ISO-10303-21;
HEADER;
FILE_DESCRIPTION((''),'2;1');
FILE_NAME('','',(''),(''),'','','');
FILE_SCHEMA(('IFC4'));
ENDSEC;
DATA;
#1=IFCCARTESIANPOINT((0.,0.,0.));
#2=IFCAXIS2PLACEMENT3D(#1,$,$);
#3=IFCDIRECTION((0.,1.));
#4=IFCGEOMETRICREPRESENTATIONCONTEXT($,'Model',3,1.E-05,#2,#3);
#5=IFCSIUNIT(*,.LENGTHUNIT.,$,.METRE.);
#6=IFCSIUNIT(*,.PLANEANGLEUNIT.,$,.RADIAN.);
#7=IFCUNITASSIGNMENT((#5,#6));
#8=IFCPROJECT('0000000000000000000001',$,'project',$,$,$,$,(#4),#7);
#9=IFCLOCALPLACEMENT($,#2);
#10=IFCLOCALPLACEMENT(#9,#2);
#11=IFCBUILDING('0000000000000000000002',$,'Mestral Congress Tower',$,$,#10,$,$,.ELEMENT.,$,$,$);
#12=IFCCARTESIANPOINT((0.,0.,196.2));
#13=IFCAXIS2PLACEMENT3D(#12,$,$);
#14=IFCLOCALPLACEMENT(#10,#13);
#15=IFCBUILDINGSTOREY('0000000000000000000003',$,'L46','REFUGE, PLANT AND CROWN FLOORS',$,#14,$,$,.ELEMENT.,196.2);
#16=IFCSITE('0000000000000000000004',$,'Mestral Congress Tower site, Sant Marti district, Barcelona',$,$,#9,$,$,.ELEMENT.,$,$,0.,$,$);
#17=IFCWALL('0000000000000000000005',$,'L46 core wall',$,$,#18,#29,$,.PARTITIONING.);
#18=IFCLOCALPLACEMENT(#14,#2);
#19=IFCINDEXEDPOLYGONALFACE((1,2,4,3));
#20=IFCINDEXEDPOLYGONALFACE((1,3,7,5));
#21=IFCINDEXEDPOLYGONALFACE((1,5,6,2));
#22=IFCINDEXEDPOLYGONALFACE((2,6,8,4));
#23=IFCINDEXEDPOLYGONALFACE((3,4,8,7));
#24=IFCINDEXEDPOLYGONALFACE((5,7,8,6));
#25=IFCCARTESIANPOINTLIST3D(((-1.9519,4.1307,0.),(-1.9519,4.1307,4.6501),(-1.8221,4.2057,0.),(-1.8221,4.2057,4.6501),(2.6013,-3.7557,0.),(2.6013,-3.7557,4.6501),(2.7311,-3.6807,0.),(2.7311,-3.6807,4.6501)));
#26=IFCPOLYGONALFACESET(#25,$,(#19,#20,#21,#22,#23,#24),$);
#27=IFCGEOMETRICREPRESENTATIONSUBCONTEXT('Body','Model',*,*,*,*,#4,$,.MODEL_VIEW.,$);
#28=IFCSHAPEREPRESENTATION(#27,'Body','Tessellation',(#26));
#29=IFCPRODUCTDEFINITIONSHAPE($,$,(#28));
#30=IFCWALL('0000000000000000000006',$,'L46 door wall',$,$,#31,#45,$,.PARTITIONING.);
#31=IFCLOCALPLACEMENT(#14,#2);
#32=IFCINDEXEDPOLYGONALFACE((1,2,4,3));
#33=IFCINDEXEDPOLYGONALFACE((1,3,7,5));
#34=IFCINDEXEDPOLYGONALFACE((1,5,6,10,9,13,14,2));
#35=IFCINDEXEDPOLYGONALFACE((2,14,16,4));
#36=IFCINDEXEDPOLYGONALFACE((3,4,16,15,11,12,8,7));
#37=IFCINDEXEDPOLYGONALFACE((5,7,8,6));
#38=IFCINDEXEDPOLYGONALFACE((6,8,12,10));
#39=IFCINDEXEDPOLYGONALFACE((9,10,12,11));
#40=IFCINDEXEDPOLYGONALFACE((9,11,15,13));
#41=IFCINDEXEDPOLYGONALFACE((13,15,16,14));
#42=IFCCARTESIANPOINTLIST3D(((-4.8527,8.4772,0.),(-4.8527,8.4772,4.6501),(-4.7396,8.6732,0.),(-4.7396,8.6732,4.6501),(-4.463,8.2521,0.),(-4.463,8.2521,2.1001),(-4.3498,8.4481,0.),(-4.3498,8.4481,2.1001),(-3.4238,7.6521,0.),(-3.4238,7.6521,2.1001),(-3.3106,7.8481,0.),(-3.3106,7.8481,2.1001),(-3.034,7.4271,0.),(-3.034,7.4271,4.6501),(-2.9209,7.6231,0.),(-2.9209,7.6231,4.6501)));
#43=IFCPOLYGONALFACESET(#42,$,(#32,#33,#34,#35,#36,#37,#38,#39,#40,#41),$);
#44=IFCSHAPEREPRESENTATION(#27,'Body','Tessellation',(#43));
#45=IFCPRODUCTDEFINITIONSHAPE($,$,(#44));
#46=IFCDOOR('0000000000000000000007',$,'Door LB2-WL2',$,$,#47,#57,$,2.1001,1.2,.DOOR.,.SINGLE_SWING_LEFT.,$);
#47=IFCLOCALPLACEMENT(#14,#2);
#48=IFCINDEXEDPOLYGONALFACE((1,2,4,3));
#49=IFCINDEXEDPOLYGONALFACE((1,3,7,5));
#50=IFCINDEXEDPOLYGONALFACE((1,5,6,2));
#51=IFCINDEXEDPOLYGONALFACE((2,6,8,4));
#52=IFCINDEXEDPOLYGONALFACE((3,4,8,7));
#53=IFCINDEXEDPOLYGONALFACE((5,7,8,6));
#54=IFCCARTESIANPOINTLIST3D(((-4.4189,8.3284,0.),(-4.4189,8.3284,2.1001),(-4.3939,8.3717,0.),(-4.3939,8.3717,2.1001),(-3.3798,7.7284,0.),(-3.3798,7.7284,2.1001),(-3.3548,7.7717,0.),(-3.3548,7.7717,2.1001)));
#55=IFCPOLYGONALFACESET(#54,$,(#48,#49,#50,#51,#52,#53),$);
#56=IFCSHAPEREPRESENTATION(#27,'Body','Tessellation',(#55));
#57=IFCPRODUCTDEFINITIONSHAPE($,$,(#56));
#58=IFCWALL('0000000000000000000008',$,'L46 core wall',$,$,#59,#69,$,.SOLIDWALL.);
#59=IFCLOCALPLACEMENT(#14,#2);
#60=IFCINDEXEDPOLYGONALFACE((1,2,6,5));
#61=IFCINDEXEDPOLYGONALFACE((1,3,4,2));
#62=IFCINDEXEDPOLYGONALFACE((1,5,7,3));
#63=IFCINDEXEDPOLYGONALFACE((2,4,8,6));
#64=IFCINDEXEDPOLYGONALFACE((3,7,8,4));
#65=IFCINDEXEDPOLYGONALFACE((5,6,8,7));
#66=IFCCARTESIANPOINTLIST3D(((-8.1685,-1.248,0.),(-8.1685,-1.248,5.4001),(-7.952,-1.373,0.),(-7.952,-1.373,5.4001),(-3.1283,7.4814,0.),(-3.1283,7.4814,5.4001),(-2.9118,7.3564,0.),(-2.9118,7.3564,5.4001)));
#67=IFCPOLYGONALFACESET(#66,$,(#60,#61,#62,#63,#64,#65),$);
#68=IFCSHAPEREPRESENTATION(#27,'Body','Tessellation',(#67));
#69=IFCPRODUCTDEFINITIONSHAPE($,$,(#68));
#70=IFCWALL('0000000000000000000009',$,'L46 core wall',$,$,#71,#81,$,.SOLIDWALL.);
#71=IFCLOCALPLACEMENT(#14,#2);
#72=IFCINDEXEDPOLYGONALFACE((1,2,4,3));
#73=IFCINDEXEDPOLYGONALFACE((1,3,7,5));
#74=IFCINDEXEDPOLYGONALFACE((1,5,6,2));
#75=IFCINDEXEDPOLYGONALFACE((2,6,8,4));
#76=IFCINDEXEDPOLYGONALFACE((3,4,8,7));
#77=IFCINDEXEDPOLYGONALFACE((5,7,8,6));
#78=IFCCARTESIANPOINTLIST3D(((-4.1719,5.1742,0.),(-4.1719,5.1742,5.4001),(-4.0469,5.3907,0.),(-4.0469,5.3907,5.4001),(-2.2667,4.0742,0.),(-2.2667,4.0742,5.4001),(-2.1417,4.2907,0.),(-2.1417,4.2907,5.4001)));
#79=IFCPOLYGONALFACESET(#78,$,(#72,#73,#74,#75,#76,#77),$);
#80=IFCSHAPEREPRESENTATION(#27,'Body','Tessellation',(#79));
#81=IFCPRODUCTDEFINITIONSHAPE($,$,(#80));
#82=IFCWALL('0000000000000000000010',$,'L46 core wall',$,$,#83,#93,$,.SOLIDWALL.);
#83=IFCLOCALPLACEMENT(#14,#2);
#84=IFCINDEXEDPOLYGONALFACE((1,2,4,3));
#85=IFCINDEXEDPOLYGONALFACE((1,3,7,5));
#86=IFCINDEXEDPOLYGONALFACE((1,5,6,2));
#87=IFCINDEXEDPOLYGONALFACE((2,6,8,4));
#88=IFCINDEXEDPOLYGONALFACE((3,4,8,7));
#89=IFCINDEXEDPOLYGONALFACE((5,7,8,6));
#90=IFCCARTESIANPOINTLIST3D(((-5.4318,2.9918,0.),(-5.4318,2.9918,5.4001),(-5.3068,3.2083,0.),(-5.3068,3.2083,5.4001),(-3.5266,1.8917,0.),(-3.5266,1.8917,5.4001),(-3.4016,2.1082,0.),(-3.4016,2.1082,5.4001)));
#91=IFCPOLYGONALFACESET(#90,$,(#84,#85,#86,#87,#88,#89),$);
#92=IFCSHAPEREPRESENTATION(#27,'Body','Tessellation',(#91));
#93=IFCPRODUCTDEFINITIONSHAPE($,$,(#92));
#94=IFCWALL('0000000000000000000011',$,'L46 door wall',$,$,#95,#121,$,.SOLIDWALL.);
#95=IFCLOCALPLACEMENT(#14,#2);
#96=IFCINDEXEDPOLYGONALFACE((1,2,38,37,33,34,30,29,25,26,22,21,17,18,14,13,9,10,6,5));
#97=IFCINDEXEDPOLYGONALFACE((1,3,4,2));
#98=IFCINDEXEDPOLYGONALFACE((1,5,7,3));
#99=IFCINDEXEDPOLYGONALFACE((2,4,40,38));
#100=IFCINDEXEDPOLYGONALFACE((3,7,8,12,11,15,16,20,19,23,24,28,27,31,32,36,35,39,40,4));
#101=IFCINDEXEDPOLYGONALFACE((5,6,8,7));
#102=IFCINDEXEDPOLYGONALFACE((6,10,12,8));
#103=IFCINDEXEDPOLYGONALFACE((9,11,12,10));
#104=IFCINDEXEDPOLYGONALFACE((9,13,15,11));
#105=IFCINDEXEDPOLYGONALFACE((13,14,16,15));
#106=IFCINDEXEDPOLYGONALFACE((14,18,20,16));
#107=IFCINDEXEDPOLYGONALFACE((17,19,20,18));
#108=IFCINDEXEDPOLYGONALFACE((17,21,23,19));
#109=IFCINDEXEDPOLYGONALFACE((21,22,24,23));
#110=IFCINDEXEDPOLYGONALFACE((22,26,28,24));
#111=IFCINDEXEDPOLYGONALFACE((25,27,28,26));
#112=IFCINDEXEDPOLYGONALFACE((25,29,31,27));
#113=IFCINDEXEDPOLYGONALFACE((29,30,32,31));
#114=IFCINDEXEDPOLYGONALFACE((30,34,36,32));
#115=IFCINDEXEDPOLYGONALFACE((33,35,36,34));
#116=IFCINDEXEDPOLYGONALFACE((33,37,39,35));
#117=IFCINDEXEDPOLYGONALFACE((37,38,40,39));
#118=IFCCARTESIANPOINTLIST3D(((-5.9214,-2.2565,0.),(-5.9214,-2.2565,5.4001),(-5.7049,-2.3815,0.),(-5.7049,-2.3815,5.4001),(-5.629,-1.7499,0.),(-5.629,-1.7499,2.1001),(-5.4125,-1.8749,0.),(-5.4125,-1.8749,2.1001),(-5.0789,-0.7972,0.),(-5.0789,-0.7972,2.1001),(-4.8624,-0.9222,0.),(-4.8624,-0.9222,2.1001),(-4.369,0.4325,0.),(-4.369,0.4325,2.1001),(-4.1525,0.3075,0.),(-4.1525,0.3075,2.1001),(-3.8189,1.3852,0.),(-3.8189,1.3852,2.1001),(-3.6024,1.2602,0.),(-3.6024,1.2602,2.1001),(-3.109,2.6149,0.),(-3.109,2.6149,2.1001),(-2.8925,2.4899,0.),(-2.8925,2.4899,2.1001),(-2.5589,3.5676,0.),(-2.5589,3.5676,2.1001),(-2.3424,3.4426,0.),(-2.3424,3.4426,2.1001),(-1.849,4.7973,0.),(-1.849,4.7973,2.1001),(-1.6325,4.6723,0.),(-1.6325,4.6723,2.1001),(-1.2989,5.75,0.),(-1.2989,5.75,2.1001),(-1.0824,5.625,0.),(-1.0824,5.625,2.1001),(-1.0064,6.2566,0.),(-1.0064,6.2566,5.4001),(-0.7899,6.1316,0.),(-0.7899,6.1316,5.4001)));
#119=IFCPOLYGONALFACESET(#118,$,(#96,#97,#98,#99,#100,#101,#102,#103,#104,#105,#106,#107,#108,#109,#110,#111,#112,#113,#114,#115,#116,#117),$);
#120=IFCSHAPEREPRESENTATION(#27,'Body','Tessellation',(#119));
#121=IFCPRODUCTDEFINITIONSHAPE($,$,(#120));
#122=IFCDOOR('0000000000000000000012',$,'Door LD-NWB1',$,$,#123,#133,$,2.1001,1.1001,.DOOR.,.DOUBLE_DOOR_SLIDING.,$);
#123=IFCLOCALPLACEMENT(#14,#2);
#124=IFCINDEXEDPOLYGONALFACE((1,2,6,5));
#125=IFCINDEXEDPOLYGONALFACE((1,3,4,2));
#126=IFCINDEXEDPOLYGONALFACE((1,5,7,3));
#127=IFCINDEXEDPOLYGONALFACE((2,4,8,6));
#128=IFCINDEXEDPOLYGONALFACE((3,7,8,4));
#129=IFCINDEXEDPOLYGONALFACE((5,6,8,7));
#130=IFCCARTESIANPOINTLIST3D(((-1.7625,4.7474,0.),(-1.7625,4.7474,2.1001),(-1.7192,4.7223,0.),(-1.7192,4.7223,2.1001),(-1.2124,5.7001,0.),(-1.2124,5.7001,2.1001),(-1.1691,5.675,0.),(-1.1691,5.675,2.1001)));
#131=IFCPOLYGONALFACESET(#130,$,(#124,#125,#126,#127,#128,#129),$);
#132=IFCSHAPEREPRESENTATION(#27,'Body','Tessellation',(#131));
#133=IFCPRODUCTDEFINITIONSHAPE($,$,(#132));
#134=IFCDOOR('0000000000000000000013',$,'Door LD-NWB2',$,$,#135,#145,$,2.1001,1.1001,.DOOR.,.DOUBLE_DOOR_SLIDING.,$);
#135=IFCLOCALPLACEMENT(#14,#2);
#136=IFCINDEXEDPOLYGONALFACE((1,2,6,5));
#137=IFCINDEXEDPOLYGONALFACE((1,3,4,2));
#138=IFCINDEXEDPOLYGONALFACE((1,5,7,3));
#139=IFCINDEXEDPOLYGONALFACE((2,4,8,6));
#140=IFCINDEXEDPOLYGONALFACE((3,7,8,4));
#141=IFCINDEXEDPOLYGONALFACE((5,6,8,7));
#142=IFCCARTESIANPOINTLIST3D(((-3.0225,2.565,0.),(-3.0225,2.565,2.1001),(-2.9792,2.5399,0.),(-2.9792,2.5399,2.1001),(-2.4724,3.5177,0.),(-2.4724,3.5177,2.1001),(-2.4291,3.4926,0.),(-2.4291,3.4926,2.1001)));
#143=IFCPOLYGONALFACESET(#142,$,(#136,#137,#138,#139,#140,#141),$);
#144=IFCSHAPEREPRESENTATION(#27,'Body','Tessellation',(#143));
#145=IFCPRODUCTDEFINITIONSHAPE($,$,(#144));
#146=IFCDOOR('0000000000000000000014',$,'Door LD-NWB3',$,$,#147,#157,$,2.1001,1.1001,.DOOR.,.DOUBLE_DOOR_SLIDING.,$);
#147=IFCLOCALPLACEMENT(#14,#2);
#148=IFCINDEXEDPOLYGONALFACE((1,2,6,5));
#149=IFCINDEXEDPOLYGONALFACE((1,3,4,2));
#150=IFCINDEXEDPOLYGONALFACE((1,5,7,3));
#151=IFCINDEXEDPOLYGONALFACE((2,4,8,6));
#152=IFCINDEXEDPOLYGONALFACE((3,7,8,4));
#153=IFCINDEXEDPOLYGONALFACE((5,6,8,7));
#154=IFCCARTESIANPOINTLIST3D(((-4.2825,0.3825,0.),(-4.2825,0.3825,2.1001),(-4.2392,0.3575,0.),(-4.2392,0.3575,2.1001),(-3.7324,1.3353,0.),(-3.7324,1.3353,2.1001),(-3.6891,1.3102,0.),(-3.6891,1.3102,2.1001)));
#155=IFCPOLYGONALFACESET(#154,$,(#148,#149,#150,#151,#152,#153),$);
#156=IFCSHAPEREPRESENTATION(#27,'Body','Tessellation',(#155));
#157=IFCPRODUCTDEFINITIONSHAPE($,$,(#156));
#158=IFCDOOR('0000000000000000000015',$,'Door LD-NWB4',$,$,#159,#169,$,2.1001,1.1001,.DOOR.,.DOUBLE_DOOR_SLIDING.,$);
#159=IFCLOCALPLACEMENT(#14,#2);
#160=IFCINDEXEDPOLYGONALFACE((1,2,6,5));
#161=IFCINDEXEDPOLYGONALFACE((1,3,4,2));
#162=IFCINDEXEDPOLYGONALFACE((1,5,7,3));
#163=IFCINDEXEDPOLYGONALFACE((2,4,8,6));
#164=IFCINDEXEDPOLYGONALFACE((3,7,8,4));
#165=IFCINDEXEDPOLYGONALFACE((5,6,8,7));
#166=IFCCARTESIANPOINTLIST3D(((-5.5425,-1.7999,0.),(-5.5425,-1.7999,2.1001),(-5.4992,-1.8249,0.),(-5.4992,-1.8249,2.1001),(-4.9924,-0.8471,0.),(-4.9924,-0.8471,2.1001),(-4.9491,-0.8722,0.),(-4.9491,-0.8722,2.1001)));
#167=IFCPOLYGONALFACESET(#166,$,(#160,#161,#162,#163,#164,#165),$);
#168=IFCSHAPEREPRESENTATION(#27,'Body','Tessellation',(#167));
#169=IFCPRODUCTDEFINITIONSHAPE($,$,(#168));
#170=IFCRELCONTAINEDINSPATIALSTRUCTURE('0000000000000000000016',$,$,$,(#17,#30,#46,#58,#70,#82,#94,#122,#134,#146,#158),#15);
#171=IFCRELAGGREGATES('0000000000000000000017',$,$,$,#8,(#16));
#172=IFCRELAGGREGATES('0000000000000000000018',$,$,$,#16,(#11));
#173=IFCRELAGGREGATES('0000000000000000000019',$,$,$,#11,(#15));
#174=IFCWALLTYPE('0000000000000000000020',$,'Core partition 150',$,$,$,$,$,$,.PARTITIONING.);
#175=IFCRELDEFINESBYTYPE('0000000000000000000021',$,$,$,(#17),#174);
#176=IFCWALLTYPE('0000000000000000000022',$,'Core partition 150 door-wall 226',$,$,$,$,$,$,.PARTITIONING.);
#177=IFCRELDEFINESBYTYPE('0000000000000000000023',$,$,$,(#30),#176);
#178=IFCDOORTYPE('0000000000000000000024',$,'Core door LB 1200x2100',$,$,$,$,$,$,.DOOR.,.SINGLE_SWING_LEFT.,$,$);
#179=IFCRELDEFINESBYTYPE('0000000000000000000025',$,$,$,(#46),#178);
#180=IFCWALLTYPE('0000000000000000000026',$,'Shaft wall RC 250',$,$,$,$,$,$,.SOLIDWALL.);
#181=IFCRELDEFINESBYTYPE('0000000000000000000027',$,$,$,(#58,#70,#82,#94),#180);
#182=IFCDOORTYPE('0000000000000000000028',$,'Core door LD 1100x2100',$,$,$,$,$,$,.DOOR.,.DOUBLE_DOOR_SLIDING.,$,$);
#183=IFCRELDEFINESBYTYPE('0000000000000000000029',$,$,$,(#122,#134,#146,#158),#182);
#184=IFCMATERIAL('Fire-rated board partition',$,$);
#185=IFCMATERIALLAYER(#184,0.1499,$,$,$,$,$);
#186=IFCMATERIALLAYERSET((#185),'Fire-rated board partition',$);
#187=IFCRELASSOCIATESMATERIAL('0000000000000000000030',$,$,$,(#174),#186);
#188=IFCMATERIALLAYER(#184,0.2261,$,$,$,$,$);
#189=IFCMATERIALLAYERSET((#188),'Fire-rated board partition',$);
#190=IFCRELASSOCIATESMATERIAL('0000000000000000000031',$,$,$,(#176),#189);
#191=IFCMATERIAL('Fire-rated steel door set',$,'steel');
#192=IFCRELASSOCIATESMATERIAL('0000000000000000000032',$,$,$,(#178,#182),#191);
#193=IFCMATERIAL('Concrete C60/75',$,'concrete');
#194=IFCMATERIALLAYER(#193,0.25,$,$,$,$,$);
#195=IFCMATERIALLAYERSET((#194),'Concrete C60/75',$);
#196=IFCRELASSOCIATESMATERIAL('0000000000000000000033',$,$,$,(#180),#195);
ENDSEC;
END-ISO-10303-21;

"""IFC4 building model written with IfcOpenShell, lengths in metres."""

from ifc_helpers import new_model, si_unit, direction, frame, frame_2d, origin, place, context, subcontext, project, spatial, rectangle, extrude, material, layer, layer_set, type_object, element, fill, save


model = new_model("IFC4")

# Units and contexts
model_context = context("Model", 3, precision=1e-05, world=origin(), true_north=direction((0.0, 1.0)))
body_context = subcontext(model_context, "Body", "Model", "MODEL_VIEW")
ifc_project = project(units=[si_unit("LENGTHUNIT", "METRE"), si_unit("PLANEANGLEUNIT", "RADIAN")], contexts=[model_context])

# Site, building, storey
site_placement = place(None, origin())
site = spatial("IfcSite", under=ifc_project, at=site_placement, Name="Mestral Congress Tower site, Sant Marti district, Barcelona", CompositionType="ELEMENT", RefElevation=0.0)
building_placement = place(site_placement, origin())
building = spatial("IfcBuilding", under=site, at=building_placement, Name="Mestral Congress Tower", CompositionType="ELEMENT")
storey_placement = place(building_placement, frame((0.0, 0.0, 196.2)))
storey = spatial("IfcBuildingStorey", under=building, at=storey_placement, Name="L46", Description="REFUGE, PLANT AND CROWN FLOORS", CompositionType="ELEMENT", Elevation=196.2)

# Wall
ifc_material_1 = material(Name="Fire-rated board partition")
ifc_layer_1 = layer(ifc_material_1, 0.1499)
ifc_layer_set_1 = layer_set([ifc_layer_1], Name="Fire-rated board partition")
wall_type_1 = type_object("IfcWallType", Name="Core partition 150", PredefinedType="PARTITIONING", material=ifc_layer_set_1)
wall_1_placement = place(storey_placement, frame((-1.887, 4.1682, 0.0), z_axis=(0.0, 0.0, 1.0), x_axis=(0.499997, -0.866027, 0.0)))
element("IfcWall", 1, at=wall_1_placement, inside=storey, type_object=wall_type_1, Name="L46 core wall", PredefinedType="PARTITIONING", context=body_context, shape_type="SweptSolid", body=[
    extrude(rectangle(XDim=9.1064, YDim=0.1499, at=frame_2d((4.5532, 0.0))), origin(), (0.0, 0.0, 1.0), 4.6501),
])

# Wall, opening, door
ifc_layer_2 = layer(ifc_material_1, 0.2261)
ifc_layer_set_2 = layer_set([ifc_layer_2], Name="Fire-rated board partition")
wall_type_2 = type_object("IfcWallType", Name="Core partition 150 door-wall 226", PredefinedType="PARTITIONING", material=ifc_layer_set_2)
wall_2_placement = place(storey_placement, frame((-4.7961, 8.5752, 0.0), z_axis=(0.0, 0.0, 1.0), x_axis=(0.866009, -0.500028, 0.0)))
wall_2 = element("IfcWall", 2, at=wall_2_placement, inside=storey, type_object=wall_type_2, Name="L46 door wall", PredefinedType="PARTITIONING", context=body_context, shape_type="SweptSolid", body=[
    extrude(rectangle(XDim=2.1001, YDim=0.2263, at=frame_2d((1.05, 0.0))), origin(), (0.0, 0.0, 1.0), 4.6501),
])
opening_1_placement = place(wall_2_placement, frame((0.45, 0.0, 0.0)))
opening_1 = element("IfcOpeningElement", 3, at=opening_1_placement, cuts=wall_2, PredefinedType="OPENING", context=body_context, shape_type="SweptSolid", body=[
    extrude(rectangle(XDim=1.2, YDim=2.1001, at=frame_2d((0.6001, 1.05))), frame((0.0, 0.123, 0.0), z_axis=(0.0, -1.0, 0.0), x_axis=(1.0, 0.0, 0.0)), (0.0, 0.0, 1.0), 0.2463),
])
ifc_material_2 = material(Name="Fire-rated steel door set", Category="steel")
door_type_1 = type_object("IfcDoorType", Name="Core door LB 1200x2100", OperationType="SINGLE_SWING_LEFT", PredefinedType="DOOR", material=ifc_material_2)
door_1_placement = place(opening_1_placement, origin())
door_1 = element("IfcDoor", 4, at=door_1_placement, inside=storey, type_object=door_type_1, Name="Door LB2-WL2", OperationType="SINGLE_SWING_LEFT", OverallHeight=2.1001, OverallWidth=1.2, PredefinedType="DOOR", context=body_context, shape_type="SweptSolid", body=[
    extrude(rectangle(XDim=1.2, YDim=2.1001, at=frame_2d((0.6001, 1.05))), frame((0.0, 0.0249, 0.0), z_axis=(0.0, -1.0, 0.0), x_axis=(1.0, 0.0, 0.0)), (0.0, 0.0, 1.0), 0.05),
])
fill(opening_1, door_1)

# Walls
ifc_material_3 = material(Name="Concrete C60/75", Category="concrete")
ifc_layer_3 = layer(ifc_material_3, 0.25)
ifc_layer_set_3 = layer_set([ifc_layer_3], Name="Concrete C60/75")
wall_type_3 = type_object("IfcWallType", Name="Shaft wall RC 250", PredefinedType="SOLIDWALL", material=ifc_layer_set_3)
wall_3_placement = place(storey_placement, frame((-3.02, 7.4189, 0.0), z_axis=(0.0, 0.0, 1.0), x_axis=(-0.500023, -0.866012, 0.0)))
element("IfcWall", 5, at=wall_3_placement, inside=storey, type_object=wall_type_3, Name="L46 core wall", PredefinedType="SOLIDWALL", context=body_context, shape_type="SweptSolid", body=[
    extrude(rectangle(XDim=10.0801, YDim=0.25, at=frame_2d((5.04, 0.0))), origin(), (0.0, 0.0, 1.0), 5.4001),
])
for number, where, z_axis, x_axis, name in (
    (6, (-2.2041, 4.1824, 0.0), (0.0, 0.0, 1.0), (-0.866008, 0.50003, 0.0), "L46 core wall"),
    (7, (-5.3694, 3.1001, 0.0), (0.0, 0.0, 1.0), (0.866008, -0.50003, 0.0), "L46 core wall"),
):
    element("IfcWall", number, at=place(storey_placement, frame(where, z_axis=z_axis, x_axis=x_axis)), inside=storey, type_object=wall_type_3, Name=name, PredefinedType="SOLIDWALL", context=body_context, shape_type="SweptSolid", body=[
        extrude(rectangle(XDim=2.2, YDim=0.25, at=frame_2d((1.1001, 0.0))), origin(), (0.0, 0.0, 1.0), 5.4001),
    ])

# Wall, openings, doors
wall_4_placement = place(storey_placement, frame((-0.8982, 6.1941, 0.0), z_axis=(0.0, 0.0, 1.0), x_axis=(-0.499996, -0.866028, 0.0)))
wall_4 = element("IfcWall", 8, at=wall_4_placement, inside=storey, type_object=wall_type_3, Name="L46 door wall", PredefinedType="SOLIDWALL", context=body_context, shape_type="SweptSolid", body=[
    extrude(rectangle(XDim=9.8301, YDim=0.25, at=frame_2d((4.915, 0.0))), origin(), (0.0, 0.0, 1.0), 5.4001),
])
opening_2_placement = place(wall_4_placement, frame((0.585, 0.0, 0.0)))
opening_2 = element("IfcOpeningElement", 9, at=opening_2_placement, cuts=wall_4, PredefinedType="OPENING", context=body_context, shape_type="SweptSolid", body=[
    extrude(rectangle(XDim=1.1001, YDim=2.1001, at=frame_2d((0.55, 1.05))), frame((0.0, 0.135, 0.0), z_axis=(0.0, -1.0, 0.0), x_axis=(1.0, 0.0, 0.0)), (0.0, 0.0, 1.0), 0.27),
])
opening_3_placement = place(wall_4_placement, frame((3.105, 0.0, 0.0)))
opening_3 = element("IfcOpeningElement", 10, at=opening_3_placement, cuts=wall_4, PredefinedType="OPENING", context=body_context, shape_type="SweptSolid", body=[
    extrude(rectangle(XDim=1.1001, YDim=2.1001, at=frame_2d((0.55, 1.05))), frame((0.0, 0.135, 0.0), z_axis=(0.0, -1.0, 0.0), x_axis=(1.0, 0.0, 0.0)), (0.0, 0.0, 1.0), 0.27),
])
opening_4_placement = place(wall_4_placement, frame((5.625, 0.0, 0.0)))
opening_4 = element("IfcOpeningElement", 11, at=opening_4_placement, cuts=wall_4, PredefinedType="OPENING", context=body_context, shape_type="SweptSolid", body=[
    extrude(rectangle(XDim=1.1001, YDim=2.1001, at=frame_2d((0.55, 1.05))), frame((0.0, 0.135, 0.0), z_axis=(0.0, -1.0, 0.0), x_axis=(1.0, 0.0, 0.0)), (0.0, 0.0, 1.0), 0.27),
])
opening_5_placement = place(wall_4_placement, frame((8.145, 0.0, 0.0)))
opening_5 = element("IfcOpeningElement", 12, at=opening_5_placement, cuts=wall_4, PredefinedType="OPENING", context=body_context, shape_type="SweptSolid", body=[
    extrude(rectangle(XDim=1.1001, YDim=2.1001, at=frame_2d((0.55, 1.05))), frame((0.0, 0.135, 0.0), z_axis=(0.0, -1.0, 0.0), x_axis=(1.0, 0.0, 0.0)), (0.0, 0.0, 1.0), 0.27),
])
door_type_2 = type_object("IfcDoorType", Name="Core door LD 1100x2100", OperationType="DOUBLE_DOOR_SLIDING", PredefinedType="DOOR", material=ifc_material_2)
door_2_placement = place(opening_2_placement, origin())
door_2 = element("IfcDoor", 13, at=door_2_placement, inside=storey, type_object=door_type_2, Name="Door LD-NWB1", OperationType="DOUBLE_DOOR_SLIDING", OverallHeight=2.1001, OverallWidth=1.1001, PredefinedType="DOOR", context=body_context, shape_type="SweptSolid", body=[
    extrude(rectangle(XDim=1.1001, YDim=2.1001, at=frame_2d((0.55, 1.05))), frame((0.0, 0.0249, 0.0), z_axis=(0.0, -1.0, 0.0), x_axis=(1.0, 0.0, 0.0)), (0.0, 0.0, 1.0), 0.05),
])
fill(opening_2, door_2)
door_3_placement = place(opening_3_placement, origin())
door_3 = element("IfcDoor", 14, at=door_3_placement, inside=storey, type_object=door_type_2, Name="Door LD-NWB2", OperationType="DOUBLE_DOOR_SLIDING", OverallHeight=2.1001, OverallWidth=1.1001, PredefinedType="DOOR", context=body_context, shape_type="SweptSolid", body=[
    extrude(rectangle(XDim=1.1001, YDim=2.1001, at=frame_2d((0.55, 1.05))), frame((0.0, 0.0249, 0.0), z_axis=(0.0, -1.0, 0.0), x_axis=(1.0, 0.0, 0.0)), (0.0, 0.0, 1.0), 0.05),
])
fill(opening_3, door_3)
door_4_placement = place(opening_4_placement, origin())
door_4 = element("IfcDoor", 15, at=door_4_placement, inside=storey, type_object=door_type_2, Name="Door LD-NWB3", OperationType="DOUBLE_DOOR_SLIDING", OverallHeight=2.1001, OverallWidth=1.1001, PredefinedType="DOOR", context=body_context, shape_type="SweptSolid", body=[
    extrude(rectangle(XDim=1.1001, YDim=2.1001, at=frame_2d((0.55, 1.05))), frame((0.0, 0.0249, 0.0), z_axis=(0.0, -1.0, 0.0), x_axis=(1.0, 0.0, 0.0)), (0.0, 0.0, 1.0), 0.05),
])
fill(opening_4, door_4)
door_5_placement = place(opening_5_placement, origin())
door_5 = element("IfcDoor", 16, at=door_5_placement, inside=storey, type_object=door_type_2, Name="Door LD-NWB4", OperationType="DOUBLE_DOOR_SLIDING", OverallHeight=2.1001, OverallWidth=1.1001, PredefinedType="DOOR", context=body_context, shape_type="SweptSolid", body=[
    extrude(rectangle(XDim=1.1001, YDim=2.1001, at=frame_2d((0.55, 1.05))), frame((0.0, 0.0249, 0.0), z_axis=(0.0, -1.0, 0.0), x_axis=(1.0, 0.0, 0.0)), (0.0, 0.0, 1.0), 0.05),
])
fill(opening_5, door_5)

save(model, "model.ifc")
